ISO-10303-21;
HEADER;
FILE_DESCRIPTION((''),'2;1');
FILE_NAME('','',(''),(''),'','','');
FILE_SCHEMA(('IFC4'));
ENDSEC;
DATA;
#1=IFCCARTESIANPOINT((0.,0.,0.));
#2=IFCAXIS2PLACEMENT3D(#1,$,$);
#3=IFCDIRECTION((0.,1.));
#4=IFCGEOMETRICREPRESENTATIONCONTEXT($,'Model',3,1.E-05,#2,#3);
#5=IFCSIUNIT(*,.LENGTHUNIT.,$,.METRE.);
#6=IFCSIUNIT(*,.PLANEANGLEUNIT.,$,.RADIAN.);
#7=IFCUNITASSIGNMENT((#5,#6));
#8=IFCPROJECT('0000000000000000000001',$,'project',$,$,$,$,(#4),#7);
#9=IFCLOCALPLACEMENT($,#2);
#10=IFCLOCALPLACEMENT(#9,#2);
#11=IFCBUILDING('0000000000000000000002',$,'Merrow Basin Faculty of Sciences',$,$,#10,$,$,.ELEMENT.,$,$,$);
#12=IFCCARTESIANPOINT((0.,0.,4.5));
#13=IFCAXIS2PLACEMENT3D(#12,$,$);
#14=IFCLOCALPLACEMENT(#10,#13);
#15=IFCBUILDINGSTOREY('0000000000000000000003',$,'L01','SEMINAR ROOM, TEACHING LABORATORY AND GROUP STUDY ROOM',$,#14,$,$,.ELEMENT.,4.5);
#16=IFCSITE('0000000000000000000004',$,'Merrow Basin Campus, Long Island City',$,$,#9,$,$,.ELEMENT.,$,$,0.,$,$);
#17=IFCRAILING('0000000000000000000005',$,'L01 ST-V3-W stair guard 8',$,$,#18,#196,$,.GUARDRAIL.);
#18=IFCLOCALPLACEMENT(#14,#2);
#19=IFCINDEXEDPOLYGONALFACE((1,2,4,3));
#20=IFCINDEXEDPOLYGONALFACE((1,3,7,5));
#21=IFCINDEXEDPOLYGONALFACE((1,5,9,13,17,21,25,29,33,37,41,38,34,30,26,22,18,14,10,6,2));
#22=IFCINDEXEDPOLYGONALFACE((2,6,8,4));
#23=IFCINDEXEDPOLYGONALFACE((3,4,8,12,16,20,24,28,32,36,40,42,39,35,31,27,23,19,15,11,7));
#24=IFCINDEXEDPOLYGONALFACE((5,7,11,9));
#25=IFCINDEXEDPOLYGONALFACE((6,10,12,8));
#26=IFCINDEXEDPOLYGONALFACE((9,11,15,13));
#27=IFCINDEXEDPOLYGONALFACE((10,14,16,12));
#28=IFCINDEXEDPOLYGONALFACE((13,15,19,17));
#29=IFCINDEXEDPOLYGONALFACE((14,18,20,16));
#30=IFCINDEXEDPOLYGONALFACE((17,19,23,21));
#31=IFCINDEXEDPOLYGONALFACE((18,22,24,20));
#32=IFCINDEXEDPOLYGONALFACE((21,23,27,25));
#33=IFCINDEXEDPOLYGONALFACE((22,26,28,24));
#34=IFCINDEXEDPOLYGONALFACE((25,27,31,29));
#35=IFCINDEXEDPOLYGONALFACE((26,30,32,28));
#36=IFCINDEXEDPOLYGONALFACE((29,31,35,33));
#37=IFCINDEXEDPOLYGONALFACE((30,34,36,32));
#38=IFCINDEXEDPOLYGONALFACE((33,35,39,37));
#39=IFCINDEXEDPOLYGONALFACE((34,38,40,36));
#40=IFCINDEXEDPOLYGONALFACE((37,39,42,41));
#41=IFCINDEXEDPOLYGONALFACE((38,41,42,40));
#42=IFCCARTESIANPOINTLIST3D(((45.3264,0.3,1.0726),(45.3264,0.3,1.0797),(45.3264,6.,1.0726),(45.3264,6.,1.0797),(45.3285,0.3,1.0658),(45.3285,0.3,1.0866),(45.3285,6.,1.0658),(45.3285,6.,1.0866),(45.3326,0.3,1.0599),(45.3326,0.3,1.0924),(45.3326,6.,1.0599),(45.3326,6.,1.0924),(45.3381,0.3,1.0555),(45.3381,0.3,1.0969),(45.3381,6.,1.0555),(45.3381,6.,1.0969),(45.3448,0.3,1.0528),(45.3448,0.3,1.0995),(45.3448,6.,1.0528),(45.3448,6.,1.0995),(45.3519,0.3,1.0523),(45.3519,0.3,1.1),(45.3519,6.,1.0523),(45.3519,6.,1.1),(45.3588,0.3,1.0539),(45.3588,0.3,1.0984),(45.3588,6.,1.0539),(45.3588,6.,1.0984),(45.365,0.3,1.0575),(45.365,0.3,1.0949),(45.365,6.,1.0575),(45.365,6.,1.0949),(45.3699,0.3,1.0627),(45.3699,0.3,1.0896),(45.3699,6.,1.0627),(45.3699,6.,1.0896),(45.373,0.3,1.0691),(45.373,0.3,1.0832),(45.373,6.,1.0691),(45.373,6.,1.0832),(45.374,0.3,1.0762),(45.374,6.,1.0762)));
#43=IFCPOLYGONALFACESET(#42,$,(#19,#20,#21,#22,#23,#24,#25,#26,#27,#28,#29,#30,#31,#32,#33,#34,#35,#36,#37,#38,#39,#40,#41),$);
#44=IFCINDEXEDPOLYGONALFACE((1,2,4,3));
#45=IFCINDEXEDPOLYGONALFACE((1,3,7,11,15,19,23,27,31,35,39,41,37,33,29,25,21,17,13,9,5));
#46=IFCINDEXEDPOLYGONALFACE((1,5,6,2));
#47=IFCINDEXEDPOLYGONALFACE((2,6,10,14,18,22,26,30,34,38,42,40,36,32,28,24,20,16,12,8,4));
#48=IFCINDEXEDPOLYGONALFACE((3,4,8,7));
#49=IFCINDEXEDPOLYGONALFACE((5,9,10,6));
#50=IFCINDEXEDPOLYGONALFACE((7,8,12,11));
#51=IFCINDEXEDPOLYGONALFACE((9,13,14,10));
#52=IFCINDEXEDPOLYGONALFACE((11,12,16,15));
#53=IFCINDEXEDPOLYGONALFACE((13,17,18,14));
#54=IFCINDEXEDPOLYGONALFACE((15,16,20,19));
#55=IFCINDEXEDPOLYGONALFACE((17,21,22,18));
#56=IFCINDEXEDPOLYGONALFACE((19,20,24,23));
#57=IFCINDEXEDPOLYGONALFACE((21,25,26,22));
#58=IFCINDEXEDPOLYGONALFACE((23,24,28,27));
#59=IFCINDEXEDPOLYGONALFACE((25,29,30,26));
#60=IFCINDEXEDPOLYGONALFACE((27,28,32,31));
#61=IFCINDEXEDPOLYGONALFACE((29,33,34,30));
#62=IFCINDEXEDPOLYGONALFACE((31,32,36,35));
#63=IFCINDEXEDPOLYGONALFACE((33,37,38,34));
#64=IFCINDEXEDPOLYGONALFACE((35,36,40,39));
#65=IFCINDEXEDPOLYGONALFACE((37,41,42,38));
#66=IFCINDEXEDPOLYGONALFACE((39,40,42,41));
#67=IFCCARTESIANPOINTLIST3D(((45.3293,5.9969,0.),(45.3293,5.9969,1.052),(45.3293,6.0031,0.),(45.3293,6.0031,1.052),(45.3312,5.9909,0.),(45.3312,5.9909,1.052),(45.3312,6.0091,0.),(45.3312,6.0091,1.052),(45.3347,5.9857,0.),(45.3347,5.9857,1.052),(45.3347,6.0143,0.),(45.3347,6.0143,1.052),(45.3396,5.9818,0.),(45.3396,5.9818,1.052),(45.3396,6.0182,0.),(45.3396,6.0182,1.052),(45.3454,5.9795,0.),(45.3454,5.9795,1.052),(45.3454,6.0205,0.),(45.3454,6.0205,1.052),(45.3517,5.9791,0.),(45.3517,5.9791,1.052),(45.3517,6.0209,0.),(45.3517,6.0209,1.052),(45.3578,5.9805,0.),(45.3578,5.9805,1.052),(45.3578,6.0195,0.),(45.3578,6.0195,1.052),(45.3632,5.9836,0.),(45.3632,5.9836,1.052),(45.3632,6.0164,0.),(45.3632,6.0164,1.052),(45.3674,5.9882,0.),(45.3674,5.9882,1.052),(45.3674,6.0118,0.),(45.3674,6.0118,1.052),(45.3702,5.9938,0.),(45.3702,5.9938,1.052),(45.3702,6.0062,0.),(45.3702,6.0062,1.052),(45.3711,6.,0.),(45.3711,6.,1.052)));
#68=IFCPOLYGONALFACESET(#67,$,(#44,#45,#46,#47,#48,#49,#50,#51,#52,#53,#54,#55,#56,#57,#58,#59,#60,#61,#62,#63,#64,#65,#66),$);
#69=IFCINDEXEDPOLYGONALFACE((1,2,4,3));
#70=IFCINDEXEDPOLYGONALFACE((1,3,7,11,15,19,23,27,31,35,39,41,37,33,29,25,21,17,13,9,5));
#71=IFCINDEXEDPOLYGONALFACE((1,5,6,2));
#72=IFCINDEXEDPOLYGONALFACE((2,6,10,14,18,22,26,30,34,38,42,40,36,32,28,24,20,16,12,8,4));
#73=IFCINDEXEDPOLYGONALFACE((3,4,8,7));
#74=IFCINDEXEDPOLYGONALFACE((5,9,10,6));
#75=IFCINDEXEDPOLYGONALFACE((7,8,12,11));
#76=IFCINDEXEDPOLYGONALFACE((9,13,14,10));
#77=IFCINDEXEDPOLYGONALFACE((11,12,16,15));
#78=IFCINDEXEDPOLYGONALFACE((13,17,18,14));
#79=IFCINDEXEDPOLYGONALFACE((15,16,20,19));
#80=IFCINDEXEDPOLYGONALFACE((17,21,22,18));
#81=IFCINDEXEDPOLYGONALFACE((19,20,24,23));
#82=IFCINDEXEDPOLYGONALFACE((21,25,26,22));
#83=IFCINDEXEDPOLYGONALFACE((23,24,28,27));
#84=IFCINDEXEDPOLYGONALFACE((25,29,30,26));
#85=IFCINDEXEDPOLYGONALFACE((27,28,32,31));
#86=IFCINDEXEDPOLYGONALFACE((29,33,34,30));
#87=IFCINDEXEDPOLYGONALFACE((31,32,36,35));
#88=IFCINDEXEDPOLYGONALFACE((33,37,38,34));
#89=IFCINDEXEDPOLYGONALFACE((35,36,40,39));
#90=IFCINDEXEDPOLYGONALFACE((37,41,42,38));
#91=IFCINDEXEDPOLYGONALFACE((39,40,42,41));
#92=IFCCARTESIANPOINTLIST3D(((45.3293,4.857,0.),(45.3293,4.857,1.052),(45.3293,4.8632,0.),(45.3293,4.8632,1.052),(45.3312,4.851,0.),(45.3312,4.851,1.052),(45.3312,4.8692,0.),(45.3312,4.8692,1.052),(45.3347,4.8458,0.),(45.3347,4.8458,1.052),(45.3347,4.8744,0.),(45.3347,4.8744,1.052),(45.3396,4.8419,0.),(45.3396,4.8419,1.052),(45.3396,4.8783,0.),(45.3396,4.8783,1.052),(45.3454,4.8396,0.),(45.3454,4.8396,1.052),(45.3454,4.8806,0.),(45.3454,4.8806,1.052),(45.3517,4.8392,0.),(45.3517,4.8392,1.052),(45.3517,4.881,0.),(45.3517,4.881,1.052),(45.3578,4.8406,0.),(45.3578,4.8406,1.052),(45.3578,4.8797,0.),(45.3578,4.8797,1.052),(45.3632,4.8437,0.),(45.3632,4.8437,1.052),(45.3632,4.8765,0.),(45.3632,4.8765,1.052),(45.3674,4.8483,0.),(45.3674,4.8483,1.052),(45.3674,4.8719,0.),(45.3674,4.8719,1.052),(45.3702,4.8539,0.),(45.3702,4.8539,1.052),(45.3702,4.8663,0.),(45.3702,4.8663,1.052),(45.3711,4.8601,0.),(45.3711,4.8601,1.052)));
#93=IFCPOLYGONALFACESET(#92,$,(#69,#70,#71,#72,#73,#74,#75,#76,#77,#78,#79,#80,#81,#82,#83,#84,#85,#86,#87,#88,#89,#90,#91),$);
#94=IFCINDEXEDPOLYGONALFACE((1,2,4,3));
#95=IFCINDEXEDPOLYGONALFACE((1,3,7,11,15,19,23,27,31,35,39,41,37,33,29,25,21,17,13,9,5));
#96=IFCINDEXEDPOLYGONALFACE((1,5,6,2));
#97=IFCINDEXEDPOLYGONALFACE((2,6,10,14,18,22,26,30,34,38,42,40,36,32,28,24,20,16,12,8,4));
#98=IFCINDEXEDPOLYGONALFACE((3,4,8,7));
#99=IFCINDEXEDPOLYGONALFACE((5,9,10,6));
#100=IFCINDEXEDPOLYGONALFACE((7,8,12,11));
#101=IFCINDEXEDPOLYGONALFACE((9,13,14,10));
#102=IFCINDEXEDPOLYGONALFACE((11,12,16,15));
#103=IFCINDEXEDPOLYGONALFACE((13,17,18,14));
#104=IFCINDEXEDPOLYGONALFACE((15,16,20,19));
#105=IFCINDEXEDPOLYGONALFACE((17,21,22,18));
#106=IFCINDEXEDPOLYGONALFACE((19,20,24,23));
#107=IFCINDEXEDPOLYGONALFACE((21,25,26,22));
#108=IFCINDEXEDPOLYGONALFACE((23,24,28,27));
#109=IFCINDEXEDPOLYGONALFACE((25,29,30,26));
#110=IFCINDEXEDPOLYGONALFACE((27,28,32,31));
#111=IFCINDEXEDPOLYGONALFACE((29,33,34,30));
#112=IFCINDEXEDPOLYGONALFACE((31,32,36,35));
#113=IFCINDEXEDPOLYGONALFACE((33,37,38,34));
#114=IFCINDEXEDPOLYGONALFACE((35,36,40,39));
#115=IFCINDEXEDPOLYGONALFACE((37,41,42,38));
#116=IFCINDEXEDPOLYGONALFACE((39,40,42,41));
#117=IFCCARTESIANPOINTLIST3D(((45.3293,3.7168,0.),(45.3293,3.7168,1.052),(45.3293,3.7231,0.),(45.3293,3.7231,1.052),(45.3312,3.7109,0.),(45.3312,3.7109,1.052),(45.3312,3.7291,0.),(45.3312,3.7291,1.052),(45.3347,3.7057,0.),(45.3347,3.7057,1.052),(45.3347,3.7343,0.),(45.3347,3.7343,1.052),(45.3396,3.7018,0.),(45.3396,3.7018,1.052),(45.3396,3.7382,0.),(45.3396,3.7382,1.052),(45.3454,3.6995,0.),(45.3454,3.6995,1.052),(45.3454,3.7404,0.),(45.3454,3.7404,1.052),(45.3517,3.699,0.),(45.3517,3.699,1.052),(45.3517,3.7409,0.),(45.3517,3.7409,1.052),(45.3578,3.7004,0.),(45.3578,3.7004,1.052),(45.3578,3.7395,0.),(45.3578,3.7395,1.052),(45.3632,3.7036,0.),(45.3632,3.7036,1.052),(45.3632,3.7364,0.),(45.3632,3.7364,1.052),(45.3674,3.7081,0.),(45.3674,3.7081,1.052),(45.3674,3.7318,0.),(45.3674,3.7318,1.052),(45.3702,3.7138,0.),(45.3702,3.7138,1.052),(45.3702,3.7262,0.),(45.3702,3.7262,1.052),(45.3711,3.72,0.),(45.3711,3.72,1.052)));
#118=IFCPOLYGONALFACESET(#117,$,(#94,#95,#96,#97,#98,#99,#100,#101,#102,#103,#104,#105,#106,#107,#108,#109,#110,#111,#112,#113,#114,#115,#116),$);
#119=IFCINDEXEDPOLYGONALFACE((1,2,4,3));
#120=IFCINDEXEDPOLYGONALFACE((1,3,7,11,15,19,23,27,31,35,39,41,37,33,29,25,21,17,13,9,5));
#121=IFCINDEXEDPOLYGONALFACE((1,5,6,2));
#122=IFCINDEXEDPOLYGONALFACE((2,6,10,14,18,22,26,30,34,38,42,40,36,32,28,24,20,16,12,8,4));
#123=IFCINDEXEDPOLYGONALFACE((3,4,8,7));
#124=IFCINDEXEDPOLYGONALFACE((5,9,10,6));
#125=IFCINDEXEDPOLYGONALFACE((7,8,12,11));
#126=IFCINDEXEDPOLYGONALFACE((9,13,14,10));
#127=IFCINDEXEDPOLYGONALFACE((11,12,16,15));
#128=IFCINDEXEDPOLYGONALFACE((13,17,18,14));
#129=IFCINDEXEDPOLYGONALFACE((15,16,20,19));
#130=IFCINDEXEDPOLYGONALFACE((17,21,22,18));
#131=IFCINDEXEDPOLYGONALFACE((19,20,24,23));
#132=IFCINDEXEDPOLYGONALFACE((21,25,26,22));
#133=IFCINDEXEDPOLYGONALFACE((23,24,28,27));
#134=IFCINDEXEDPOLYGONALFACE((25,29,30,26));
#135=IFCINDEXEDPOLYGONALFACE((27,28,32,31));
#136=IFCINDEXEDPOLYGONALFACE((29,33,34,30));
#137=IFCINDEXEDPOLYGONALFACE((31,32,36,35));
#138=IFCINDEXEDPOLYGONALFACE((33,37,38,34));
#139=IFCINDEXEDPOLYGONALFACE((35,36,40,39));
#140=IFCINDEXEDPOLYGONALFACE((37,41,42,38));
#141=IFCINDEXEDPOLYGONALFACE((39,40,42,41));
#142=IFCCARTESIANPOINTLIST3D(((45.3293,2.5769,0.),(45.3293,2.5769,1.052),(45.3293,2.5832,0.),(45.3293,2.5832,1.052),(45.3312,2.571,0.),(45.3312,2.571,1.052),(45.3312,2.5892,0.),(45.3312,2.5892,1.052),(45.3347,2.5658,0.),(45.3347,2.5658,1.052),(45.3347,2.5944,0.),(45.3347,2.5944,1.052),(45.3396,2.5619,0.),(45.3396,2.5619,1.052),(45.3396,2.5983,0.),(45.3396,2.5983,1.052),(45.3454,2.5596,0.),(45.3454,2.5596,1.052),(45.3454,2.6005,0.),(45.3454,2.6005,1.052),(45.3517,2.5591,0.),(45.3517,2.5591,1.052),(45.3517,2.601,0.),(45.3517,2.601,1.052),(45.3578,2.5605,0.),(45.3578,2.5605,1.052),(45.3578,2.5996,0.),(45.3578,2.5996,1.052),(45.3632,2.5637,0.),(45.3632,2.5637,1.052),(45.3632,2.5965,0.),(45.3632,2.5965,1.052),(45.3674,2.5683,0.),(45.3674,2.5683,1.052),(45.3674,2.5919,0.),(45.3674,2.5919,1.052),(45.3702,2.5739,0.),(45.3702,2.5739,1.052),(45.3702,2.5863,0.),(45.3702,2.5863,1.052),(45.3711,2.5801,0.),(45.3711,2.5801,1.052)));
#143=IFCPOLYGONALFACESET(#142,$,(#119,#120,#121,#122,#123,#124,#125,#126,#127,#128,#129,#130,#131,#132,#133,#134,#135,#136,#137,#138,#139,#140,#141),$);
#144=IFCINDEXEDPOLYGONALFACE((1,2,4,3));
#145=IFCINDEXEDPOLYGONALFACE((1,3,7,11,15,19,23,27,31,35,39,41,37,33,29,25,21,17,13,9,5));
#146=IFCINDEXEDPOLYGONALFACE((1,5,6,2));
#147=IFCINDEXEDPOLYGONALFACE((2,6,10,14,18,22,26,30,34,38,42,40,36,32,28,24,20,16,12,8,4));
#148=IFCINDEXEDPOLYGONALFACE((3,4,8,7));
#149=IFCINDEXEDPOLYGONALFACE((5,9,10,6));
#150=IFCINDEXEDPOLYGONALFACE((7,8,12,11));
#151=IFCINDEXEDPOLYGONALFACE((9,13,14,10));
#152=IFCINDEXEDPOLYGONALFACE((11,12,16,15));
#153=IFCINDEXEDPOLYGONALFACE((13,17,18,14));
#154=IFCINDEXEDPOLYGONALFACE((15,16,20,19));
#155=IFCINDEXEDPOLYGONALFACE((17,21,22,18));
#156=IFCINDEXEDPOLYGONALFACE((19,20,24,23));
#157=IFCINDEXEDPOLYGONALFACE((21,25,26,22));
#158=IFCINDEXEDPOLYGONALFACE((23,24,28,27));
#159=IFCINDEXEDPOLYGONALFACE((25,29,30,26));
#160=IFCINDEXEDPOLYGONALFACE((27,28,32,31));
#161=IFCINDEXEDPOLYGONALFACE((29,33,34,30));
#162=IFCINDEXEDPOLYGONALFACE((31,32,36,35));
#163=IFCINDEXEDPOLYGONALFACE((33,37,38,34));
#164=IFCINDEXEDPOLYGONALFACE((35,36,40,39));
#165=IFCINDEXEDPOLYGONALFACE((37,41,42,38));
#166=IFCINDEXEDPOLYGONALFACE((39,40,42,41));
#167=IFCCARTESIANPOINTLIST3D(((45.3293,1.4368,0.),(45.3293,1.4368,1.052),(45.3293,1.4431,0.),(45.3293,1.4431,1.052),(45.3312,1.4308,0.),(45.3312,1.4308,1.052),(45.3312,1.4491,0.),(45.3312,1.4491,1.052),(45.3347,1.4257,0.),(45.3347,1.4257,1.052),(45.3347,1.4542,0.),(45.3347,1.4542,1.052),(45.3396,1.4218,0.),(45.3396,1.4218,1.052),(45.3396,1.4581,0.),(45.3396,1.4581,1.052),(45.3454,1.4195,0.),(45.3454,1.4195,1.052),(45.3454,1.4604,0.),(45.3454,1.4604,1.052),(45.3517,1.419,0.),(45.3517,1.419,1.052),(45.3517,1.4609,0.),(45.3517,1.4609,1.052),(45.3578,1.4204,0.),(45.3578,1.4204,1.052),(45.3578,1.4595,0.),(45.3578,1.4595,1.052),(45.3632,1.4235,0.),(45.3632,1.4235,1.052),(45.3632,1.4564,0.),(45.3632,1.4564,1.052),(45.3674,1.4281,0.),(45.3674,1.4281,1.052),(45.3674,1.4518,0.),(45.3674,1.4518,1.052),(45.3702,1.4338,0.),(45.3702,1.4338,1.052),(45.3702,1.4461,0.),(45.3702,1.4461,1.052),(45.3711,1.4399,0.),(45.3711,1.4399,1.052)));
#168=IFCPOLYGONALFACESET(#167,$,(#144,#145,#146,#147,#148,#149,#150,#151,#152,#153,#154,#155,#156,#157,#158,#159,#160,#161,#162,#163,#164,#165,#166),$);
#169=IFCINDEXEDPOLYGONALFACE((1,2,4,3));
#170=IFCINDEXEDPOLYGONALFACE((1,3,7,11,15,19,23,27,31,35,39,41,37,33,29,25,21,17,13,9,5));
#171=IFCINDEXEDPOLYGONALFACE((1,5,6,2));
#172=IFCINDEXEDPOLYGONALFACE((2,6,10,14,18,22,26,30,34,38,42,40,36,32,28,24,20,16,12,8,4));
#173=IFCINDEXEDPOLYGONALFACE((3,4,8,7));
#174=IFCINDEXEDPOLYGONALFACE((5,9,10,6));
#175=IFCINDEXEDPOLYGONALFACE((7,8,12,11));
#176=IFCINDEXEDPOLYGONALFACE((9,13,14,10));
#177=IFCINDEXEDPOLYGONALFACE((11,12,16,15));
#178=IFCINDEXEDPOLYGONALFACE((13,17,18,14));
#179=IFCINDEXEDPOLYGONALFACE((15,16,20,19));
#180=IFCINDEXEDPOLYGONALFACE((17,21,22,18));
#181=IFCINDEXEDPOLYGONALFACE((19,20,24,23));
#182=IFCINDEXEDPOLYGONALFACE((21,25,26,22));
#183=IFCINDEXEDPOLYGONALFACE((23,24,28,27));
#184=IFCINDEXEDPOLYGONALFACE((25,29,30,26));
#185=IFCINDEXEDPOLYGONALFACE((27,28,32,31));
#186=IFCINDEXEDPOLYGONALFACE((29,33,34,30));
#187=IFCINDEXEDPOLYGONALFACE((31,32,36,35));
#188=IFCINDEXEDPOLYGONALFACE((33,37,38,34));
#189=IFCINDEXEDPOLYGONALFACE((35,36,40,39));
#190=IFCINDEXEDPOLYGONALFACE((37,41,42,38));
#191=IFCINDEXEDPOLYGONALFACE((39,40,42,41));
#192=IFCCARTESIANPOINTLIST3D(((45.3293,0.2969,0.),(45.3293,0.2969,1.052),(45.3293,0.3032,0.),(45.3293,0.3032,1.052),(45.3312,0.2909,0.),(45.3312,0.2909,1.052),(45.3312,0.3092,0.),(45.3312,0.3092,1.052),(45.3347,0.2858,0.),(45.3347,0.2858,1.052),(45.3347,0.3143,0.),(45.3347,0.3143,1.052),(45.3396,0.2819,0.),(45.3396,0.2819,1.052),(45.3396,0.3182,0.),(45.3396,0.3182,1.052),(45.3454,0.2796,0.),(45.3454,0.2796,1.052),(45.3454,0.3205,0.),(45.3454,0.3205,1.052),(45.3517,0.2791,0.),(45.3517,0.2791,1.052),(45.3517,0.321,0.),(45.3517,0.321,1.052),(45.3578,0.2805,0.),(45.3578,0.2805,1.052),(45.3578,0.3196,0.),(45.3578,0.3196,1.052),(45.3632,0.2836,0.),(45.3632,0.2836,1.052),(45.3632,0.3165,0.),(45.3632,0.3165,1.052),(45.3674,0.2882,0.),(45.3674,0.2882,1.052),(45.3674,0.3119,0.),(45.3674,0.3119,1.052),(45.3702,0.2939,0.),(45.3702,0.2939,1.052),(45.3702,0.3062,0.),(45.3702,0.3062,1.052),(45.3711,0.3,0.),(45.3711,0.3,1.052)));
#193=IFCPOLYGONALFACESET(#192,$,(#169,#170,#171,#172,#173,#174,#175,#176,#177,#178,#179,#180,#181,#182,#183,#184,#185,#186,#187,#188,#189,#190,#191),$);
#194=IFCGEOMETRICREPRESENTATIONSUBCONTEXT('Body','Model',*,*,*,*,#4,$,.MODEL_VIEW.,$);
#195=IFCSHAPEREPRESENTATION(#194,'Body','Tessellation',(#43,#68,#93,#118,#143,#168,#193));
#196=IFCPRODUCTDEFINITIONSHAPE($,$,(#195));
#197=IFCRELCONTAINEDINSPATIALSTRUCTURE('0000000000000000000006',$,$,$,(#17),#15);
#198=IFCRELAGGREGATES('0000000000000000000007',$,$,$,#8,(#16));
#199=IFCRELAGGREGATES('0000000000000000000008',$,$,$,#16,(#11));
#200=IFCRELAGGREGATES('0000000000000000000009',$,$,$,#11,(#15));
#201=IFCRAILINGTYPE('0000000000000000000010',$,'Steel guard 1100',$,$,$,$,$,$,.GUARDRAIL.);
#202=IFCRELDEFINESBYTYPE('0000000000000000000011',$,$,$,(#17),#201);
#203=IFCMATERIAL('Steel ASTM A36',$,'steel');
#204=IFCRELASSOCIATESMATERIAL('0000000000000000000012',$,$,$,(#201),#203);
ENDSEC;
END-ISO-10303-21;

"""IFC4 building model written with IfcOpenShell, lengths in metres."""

from ifc_helpers import new_model, si_unit, direction, frame, origin, origin_2d, place, context, subcontext, project, spatial, circle, extrude, material, type_object, element, save


model = new_model("IFC4")

# Units and contexts
model_context = context("Model", 3, precision=1e-05, world=origin(), true_north=direction((0.0, 1.0)))
body_context = subcontext(model_context, "Body", "Model", "MODEL_VIEW")
ifc_project = project(units=[si_unit("LENGTHUNIT", "METRE"), si_unit("PLANEANGLEUNIT", "RADIAN")], contexts=[model_context])

# Site, building, storey
site_placement = place(None, origin())
site = spatial("IfcSite", under=ifc_project, at=site_placement, Name="Merrow Basin Campus, Long Island City", CompositionType="ELEMENT", RefElevation=0.0)
building_placement = place(site_placement, origin())
building = spatial("IfcBuilding", under=site, at=building_placement, Name="Merrow Basin Faculty of Sciences", CompositionType="ELEMENT")
storey_placement = place(building_placement, frame((0.0, 0.0, 4.5)))
storey = spatial("IfcBuildingStorey", under=building, at=storey_placement, Name="L01", Description="SEMINAR ROOM, TEACHING LABORATORY AND GROUP STUDY ROOM", CompositionType="ELEMENT", Elevation=4.5)

# Railing
ifc_material_1 = material(Name="Steel ASTM A36", Category="steel")
railing_type_1 = type_object("IfcRailingType", Name="Steel guard 1100", PredefinedType="GUARDRAIL", material=ifc_material_1)
railing_1_placement = place(storey_placement, frame((45.3501, 6.0, 0.0)))
element("IfcRailing", 1, at=railing_1_placement, inside=storey, type_object=railing_type_1, Name="L01 ST-V3-W stair guard 8", PredefinedType="GUARDRAIL", context=body_context, shape_type="SweptSolid", body=[
    extrude(circle(Radius=0.0239, at=origin_2d()), frame((0.0, 0.0, 1.0762), z_axis=(0.0, -1.0, 0.0), x_axis=(1.0, 0.0, 0.0)), (0.0, 0.0, 1.0), 5.7),
    extrude(circle(Radius=0.021, at=origin_2d()), origin(), (0.0, 0.0, 1.0), 1.052),
    extrude(circle(Radius=0.021, at=origin_2d()), frame((0.0, -1.1399, 0.0)), (0.0, 0.0, 1.0), 1.052),
    extrude(circle(Radius=0.021, at=origin_2d()), frame((0.0, -2.28, 0.0)), (0.0, 0.0, 1.0), 1.052),
    extrude(circle(Radius=0.021, at=origin_2d()), frame((0.0, -3.4199, 0.0)), (0.0, 0.0, 1.0), 1.052),
    extrude(circle(Radius=0.021, at=origin_2d()), frame((0.0, -4.5601, 0.0)), (0.0, 0.0, 1.0), 1.052),
    extrude(circle(Radius=0.021, at=origin_2d()), frame((0.0, -5.7, 0.0)), (0.0, 0.0, 1.0), 1.052),
])

save(model, "model.ifc")
